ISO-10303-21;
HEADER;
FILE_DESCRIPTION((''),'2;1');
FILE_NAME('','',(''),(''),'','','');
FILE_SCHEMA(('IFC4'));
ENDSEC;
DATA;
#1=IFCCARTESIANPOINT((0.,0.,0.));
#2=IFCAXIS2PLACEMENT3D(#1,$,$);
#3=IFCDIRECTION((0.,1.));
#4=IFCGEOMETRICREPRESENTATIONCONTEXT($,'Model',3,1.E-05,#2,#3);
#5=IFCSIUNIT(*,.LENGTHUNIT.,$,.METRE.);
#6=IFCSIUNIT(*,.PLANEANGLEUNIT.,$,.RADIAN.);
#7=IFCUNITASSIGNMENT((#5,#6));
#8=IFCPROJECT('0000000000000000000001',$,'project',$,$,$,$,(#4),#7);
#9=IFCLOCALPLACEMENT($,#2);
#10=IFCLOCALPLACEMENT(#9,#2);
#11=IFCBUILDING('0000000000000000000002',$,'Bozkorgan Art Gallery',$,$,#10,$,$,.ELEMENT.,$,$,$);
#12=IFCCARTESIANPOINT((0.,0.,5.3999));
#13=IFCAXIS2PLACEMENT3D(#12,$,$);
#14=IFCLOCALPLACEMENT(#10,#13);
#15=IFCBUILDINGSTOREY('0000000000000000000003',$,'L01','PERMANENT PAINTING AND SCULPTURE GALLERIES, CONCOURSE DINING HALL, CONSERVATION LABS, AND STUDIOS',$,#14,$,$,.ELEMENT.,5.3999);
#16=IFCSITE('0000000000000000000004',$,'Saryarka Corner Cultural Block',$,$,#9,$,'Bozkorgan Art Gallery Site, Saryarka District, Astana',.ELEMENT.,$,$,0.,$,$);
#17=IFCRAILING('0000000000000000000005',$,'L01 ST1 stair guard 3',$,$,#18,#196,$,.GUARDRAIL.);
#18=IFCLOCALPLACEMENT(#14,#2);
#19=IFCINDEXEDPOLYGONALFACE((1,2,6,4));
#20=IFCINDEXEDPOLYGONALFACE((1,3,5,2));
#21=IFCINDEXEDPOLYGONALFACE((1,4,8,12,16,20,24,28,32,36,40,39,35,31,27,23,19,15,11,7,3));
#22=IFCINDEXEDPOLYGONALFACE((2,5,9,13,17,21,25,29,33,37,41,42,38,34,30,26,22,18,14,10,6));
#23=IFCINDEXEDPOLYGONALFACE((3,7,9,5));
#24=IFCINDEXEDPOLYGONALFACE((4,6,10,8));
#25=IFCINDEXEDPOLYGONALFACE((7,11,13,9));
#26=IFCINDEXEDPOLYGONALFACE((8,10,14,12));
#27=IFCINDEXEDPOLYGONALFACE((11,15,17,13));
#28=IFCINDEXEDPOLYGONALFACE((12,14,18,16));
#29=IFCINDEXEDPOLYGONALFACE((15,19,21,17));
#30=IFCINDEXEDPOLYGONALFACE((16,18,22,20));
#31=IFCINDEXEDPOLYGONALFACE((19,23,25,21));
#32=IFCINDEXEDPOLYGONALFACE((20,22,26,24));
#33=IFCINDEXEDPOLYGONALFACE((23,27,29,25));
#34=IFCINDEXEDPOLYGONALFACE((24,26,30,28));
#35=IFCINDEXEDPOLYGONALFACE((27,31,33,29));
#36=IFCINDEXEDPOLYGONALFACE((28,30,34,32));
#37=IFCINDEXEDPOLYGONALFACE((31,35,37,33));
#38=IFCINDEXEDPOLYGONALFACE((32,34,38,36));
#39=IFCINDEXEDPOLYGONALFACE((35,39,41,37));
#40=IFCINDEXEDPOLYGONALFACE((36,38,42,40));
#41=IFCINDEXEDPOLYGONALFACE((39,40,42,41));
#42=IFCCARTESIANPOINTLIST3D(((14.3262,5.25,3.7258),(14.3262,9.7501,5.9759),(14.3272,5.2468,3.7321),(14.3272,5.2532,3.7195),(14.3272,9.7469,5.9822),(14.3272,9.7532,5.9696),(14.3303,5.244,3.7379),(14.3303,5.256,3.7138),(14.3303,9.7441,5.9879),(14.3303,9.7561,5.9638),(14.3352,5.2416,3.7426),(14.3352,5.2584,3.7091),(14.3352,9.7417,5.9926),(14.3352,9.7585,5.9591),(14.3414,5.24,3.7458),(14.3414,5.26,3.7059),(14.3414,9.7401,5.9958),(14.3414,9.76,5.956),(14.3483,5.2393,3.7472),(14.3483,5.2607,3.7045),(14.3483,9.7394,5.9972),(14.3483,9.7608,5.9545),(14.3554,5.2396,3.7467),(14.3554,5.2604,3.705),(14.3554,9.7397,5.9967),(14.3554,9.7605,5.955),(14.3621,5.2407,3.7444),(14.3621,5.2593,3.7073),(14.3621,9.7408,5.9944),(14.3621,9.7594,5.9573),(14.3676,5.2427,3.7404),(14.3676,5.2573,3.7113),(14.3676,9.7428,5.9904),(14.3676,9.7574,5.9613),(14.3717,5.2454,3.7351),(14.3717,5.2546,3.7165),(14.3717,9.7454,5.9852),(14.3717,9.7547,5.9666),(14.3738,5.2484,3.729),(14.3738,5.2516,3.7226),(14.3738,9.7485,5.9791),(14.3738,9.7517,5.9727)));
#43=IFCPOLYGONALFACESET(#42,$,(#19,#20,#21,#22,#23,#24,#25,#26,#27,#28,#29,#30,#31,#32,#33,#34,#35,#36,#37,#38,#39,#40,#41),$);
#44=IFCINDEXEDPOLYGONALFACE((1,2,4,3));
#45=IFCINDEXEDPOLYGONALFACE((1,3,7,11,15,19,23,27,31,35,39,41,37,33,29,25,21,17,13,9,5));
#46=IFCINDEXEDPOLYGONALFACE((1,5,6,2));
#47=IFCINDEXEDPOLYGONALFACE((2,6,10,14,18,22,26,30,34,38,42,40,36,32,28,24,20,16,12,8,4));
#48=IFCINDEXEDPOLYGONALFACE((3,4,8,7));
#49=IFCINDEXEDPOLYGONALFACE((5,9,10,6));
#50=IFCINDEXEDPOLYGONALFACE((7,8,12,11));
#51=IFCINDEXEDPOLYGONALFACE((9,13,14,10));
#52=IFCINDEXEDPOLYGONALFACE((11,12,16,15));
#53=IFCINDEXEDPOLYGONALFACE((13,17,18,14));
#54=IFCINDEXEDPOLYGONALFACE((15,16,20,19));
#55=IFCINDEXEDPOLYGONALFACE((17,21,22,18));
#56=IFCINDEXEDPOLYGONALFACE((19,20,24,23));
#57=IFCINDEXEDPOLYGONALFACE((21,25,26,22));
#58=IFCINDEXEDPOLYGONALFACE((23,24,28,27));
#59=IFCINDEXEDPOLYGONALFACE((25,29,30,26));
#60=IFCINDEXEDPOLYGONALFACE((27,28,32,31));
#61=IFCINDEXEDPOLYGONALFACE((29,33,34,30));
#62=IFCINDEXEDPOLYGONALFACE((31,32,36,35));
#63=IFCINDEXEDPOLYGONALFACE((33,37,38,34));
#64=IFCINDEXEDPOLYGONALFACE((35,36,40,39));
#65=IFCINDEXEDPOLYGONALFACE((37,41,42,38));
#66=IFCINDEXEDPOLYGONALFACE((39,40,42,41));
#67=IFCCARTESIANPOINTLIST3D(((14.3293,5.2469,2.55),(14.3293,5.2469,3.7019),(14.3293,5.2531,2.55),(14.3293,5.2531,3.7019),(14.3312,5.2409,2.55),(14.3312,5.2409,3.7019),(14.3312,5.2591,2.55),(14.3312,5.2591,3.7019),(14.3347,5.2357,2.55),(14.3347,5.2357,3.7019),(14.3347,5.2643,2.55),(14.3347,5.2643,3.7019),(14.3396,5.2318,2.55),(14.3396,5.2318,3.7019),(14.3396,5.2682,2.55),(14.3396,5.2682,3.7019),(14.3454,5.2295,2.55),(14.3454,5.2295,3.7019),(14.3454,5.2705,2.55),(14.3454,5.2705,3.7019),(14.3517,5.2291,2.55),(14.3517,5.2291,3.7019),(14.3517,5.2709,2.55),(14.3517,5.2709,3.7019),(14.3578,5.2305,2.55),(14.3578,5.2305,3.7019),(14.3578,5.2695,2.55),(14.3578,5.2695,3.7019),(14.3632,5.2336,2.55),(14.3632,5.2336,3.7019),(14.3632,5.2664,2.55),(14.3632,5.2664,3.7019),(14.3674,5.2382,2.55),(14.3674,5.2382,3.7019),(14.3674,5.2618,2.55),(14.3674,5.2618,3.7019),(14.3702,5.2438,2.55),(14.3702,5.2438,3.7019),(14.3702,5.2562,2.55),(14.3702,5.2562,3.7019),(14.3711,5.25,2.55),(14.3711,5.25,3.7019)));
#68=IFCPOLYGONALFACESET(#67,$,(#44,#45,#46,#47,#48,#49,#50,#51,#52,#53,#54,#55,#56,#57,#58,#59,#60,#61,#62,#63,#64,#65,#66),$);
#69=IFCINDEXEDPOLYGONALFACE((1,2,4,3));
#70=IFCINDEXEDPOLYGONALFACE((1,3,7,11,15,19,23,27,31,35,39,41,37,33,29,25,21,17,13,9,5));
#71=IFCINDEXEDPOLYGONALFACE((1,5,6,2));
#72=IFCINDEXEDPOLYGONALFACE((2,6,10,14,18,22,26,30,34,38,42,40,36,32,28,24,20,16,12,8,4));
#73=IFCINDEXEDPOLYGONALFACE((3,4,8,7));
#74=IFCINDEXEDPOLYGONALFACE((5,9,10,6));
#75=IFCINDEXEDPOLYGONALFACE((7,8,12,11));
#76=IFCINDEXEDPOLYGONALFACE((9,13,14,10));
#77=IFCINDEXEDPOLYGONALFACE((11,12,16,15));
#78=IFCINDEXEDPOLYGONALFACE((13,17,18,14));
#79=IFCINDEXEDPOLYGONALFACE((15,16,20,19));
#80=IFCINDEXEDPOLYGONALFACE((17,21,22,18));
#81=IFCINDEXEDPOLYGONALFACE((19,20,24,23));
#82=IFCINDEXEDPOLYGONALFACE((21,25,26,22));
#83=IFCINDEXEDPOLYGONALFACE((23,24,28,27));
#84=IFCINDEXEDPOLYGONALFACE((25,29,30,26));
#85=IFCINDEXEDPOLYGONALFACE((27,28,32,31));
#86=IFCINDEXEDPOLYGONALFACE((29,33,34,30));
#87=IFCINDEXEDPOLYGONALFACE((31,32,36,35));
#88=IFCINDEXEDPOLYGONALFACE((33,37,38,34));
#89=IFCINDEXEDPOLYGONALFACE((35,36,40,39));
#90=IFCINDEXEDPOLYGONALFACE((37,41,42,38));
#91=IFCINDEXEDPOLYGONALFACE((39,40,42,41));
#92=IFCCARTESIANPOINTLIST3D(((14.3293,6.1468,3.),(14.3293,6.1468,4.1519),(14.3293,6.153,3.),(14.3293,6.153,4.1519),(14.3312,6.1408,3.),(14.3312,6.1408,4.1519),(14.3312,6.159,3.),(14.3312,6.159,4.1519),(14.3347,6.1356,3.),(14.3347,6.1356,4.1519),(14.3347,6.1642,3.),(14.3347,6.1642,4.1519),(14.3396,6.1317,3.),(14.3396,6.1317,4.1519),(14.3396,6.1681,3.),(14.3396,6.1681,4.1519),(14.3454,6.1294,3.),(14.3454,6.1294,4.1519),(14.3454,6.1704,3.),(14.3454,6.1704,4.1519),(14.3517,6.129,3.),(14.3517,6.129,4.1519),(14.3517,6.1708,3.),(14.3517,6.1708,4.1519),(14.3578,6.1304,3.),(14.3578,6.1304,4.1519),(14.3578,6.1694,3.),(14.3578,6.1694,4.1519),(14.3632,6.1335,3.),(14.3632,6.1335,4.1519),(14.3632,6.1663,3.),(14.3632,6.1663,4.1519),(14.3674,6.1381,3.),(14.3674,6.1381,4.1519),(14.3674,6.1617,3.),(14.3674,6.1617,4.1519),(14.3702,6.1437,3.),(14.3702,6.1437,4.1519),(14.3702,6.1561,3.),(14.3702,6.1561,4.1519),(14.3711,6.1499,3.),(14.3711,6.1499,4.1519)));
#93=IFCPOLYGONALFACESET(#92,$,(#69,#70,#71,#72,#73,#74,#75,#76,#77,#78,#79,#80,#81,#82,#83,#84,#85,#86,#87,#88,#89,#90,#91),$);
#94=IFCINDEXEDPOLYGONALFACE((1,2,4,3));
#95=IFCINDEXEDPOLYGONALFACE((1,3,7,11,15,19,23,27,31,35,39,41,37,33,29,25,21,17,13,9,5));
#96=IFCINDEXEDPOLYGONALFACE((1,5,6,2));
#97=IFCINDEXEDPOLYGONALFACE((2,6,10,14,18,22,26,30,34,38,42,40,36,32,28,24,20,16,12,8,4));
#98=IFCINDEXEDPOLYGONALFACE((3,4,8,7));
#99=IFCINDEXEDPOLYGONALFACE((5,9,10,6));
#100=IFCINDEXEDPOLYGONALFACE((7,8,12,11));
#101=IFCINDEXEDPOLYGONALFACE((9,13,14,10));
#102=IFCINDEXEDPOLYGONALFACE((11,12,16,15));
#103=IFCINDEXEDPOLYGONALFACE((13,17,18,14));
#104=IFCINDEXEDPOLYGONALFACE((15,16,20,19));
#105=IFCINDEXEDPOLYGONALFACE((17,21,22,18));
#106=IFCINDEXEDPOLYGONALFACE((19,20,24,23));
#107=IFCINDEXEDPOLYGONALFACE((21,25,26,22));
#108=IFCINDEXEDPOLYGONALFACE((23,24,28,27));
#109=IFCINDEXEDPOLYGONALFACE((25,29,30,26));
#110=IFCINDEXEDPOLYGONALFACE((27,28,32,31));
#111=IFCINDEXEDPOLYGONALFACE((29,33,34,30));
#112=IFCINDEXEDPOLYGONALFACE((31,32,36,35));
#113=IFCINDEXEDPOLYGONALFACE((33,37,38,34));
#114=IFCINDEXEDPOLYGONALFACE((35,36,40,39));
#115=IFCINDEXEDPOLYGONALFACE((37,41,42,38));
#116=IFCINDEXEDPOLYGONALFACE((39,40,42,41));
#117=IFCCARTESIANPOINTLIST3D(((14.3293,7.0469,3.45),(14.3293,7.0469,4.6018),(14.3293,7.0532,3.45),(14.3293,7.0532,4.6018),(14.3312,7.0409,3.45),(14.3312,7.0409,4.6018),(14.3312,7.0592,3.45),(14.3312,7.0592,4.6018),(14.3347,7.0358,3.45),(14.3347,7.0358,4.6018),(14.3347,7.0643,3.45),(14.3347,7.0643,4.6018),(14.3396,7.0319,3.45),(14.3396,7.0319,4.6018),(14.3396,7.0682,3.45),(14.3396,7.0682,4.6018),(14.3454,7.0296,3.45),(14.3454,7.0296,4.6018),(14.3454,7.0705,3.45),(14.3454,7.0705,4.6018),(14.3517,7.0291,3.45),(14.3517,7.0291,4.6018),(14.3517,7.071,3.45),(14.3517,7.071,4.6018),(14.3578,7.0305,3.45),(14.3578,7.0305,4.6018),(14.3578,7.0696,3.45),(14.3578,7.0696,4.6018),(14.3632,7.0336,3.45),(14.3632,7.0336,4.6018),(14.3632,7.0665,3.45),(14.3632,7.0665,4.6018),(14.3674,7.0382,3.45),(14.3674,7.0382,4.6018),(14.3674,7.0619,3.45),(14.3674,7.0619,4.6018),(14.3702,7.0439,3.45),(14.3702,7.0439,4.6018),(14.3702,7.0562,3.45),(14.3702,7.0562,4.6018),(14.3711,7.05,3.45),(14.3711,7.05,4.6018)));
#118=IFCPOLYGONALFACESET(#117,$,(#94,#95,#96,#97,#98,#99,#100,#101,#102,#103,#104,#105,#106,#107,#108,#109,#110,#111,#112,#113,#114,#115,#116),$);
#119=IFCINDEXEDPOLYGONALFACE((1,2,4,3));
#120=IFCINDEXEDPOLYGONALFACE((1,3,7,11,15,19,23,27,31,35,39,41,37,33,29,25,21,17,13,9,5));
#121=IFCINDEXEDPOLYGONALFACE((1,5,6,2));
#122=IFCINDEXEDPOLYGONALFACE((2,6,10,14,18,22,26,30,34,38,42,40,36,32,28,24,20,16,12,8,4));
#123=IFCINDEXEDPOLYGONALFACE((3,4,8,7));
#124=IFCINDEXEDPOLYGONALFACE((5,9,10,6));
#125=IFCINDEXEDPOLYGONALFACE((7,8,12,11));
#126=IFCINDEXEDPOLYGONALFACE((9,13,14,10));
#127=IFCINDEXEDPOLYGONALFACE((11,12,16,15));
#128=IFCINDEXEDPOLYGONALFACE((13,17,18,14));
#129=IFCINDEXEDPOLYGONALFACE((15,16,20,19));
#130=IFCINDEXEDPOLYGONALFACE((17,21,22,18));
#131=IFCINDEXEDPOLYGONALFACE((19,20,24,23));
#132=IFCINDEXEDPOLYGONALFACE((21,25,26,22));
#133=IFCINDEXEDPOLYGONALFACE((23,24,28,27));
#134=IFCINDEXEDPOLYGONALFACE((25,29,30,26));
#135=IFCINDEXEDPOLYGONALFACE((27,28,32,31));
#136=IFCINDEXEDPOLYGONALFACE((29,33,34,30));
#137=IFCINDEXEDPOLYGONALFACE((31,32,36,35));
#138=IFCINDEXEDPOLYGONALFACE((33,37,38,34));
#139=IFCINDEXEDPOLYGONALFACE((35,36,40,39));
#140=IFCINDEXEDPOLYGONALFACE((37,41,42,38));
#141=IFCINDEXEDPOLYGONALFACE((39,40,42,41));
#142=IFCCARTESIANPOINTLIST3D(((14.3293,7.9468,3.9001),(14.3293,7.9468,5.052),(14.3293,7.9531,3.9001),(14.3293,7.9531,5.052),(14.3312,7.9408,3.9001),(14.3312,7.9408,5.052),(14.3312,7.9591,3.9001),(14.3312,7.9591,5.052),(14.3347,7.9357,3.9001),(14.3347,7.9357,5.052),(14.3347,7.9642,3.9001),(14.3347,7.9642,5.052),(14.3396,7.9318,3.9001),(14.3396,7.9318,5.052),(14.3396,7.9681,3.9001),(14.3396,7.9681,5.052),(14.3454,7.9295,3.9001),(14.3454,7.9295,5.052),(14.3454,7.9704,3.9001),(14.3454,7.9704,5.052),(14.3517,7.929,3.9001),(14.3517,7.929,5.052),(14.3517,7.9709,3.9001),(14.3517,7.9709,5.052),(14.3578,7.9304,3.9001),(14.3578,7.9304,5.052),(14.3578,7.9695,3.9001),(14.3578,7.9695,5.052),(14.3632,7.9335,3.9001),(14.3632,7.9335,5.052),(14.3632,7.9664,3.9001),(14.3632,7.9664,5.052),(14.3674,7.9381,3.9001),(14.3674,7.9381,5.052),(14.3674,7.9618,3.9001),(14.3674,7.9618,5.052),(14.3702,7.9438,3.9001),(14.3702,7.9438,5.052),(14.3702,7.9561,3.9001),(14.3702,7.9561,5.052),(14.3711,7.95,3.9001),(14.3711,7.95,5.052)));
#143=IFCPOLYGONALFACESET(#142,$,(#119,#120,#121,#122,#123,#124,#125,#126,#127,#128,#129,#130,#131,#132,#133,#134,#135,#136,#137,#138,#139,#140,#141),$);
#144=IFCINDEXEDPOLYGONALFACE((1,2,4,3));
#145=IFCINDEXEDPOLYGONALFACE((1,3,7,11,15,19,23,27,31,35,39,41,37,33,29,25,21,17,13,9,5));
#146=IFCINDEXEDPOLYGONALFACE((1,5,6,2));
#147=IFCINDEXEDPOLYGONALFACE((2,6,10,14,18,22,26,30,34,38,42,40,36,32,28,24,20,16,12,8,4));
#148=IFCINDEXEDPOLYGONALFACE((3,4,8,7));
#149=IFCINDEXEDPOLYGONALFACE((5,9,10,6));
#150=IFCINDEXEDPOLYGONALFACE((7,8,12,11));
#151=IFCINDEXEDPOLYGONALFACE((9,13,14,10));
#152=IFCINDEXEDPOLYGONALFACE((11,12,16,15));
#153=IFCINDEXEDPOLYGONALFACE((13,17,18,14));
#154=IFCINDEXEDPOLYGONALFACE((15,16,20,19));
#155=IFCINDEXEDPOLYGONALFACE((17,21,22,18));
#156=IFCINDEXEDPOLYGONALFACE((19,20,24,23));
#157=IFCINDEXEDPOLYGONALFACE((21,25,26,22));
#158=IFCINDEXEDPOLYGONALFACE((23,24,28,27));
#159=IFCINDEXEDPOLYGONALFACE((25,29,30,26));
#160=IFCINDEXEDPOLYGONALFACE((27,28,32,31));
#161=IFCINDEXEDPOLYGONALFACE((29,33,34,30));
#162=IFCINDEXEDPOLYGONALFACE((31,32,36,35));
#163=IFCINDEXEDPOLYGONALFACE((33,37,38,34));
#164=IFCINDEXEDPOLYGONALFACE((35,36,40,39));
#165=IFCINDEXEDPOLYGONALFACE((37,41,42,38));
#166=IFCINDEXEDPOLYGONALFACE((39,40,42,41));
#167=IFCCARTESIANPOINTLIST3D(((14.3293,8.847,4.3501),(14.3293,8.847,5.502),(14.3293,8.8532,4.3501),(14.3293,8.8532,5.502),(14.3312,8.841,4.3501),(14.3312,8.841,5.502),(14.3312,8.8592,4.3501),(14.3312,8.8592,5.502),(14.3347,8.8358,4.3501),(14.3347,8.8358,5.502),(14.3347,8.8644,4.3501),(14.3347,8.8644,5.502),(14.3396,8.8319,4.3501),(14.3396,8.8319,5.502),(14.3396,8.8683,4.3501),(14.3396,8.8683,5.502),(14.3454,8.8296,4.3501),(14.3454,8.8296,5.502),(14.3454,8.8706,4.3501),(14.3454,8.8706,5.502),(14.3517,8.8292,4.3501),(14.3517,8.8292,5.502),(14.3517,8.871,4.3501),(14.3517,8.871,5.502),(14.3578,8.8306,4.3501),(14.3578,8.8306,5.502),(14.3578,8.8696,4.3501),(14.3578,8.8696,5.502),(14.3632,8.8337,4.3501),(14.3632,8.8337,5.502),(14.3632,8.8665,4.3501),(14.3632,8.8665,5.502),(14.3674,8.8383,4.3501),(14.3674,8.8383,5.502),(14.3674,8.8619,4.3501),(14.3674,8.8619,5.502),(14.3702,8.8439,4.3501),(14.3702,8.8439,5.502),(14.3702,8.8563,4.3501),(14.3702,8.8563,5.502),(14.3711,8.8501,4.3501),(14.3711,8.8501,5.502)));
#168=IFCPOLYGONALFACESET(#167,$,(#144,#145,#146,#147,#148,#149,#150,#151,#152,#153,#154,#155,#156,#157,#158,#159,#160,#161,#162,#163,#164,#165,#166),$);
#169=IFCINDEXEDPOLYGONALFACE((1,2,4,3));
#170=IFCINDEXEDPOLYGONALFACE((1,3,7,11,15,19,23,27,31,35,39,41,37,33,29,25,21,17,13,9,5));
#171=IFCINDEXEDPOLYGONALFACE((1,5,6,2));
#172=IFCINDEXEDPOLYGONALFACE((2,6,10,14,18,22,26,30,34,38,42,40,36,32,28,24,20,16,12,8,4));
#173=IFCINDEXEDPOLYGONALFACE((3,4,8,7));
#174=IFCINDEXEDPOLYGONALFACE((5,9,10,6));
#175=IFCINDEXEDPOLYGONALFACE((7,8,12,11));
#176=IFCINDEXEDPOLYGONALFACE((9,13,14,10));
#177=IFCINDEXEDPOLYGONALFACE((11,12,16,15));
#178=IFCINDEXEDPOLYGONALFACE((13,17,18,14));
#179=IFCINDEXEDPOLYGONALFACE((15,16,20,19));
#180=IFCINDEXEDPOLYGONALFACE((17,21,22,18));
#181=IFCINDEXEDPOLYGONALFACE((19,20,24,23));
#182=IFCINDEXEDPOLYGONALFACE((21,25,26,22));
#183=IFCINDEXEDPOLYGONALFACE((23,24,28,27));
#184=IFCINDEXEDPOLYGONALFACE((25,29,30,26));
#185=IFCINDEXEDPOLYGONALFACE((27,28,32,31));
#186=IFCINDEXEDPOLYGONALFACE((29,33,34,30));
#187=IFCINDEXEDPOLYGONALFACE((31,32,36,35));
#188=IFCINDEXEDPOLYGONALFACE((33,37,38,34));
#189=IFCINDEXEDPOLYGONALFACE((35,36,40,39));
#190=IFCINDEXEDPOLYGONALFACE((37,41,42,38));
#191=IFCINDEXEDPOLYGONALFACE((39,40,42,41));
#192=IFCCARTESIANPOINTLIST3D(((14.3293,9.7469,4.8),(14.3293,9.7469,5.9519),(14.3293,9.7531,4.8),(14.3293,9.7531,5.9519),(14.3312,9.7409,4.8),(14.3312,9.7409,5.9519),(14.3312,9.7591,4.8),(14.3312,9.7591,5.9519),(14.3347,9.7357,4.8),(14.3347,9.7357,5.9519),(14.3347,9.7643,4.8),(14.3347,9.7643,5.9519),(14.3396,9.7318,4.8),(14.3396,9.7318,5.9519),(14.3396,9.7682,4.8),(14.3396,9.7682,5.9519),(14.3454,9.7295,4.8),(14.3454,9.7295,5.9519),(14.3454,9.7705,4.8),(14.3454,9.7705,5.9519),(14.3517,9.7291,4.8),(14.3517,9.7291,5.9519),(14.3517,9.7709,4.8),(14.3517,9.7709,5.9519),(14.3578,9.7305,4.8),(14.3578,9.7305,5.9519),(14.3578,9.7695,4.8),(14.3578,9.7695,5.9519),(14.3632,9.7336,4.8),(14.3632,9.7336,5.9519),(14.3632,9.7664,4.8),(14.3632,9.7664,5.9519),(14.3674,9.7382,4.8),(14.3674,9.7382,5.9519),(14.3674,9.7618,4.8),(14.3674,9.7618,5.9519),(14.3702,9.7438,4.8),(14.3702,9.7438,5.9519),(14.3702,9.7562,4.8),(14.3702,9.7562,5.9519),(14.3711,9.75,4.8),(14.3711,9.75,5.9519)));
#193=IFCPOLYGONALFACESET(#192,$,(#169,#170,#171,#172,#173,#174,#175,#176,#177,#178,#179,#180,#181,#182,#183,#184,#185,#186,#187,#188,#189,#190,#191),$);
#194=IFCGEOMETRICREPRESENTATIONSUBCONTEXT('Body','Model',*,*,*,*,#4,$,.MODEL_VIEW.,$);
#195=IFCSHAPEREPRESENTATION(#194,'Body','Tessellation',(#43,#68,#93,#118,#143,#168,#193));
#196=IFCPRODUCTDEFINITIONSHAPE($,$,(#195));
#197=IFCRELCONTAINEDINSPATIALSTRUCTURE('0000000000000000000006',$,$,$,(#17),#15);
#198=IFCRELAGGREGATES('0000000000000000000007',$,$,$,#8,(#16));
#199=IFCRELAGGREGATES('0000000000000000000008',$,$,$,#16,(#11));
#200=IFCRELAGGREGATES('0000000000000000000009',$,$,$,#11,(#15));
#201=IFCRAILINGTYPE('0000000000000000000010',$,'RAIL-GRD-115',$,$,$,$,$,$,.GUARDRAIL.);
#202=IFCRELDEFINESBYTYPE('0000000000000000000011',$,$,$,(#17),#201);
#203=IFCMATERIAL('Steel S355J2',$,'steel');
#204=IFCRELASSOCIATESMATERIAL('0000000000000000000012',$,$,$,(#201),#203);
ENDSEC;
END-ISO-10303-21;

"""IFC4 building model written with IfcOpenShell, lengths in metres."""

from ifc_helpers import new_model, si_unit, direction, frame, origin, origin_2d, place, context, subcontext, project, spatial, circle, extrude, material, type_object, element, save


model = new_model("IFC4")

# Units and contexts
model_context = context("Model", 3, precision=1e-05, world=origin(), true_north=direction((0.0, 1.0)))
body_context = subcontext(model_context, "Body", "Model", "MODEL_VIEW")
ifc_project = project(units=[si_unit("LENGTHUNIT", "METRE"), si_unit("PLANEANGLEUNIT", "RADIAN")], contexts=[model_context])

# Site, building, storey
site_placement = place(None, origin())
site = spatial("IfcSite", under=ifc_project, at=site_placement, Name="Saryarka Corner Cultural Block", LongName="Bozkorgan Art Gallery Site, Saryarka District, Astana", CompositionType="ELEMENT", RefElevation=0.0)
building_placement = place(site_placement, origin())
building = spatial("IfcBuilding", under=site, at=building_placement, Name="Bozkorgan Art Gallery", CompositionType="ELEMENT")
storey_placement = place(building_placement, frame((0.0, 0.0, 5.3999)))
storey = spatial("IfcBuildingStorey", under=building, at=storey_placement, Name="L01", Description="PERMANENT PAINTING AND SCULPTURE GALLERIES, CONCOURSE DINING HALL, CONSERVATION LABS, AND STUDIOS", CompositionType="ELEMENT", Elevation=5.3999)

# Shared definitions
ifc_material_1 = material(Name="Steel S355J2", Category="steel")

# Railing
railing_type_1 = type_object("IfcRailingType", Name="RAIL-GRD-115", PredefinedType="GUARDRAIL", material=ifc_material_1)
railing_1_placement = place(storey_placement, frame((14.3501, 5.25, 2.55)))
element("IfcRailing", 1, at=railing_1_placement, inside=storey, type_object=railing_type_1, Name="L01 ST1 stair guard 3", PredefinedType="GUARDRAIL", context=body_context, shape_type="SweptSolid", body=[
    extrude(circle(Radius=0.0239, at=origin_2d()), frame((0.0, 0.0, 1.1758), z_axis=(0.0, 0.894427, 0.447214), x_axis=(-1.0, 0.0, 0.0)), (0.0, 0.0, 1.0), 5.0312),
    extrude(circle(Radius=0.021, at=origin_2d()), origin(), (0.0, 0.0, 1.0), 1.1519),
    extrude(circle(Radius=0.021, at=origin_2d()), frame((0.0, 0.8999, 0.45)), (0.0, 0.0, 1.0), 1.1519),
    extrude(circle(Radius=0.021, at=origin_2d()), frame((0.0, 1.8, 0.8999)), (0.0, 0.0, 1.0), 1.1519),
    extrude(circle(Radius=0.021, at=origin_2d()), frame((0.0, 2.7, 1.3501)), (0.0, 0.0, 1.0), 1.1519),
    extrude(circle(Radius=0.021, at=origin_2d()), frame((0.0, 3.6001, 1.8)), (0.0, 0.0, 1.0), 1.1519),
    extrude(circle(Radius=0.021, at=origin_2d()), frame((0.0, 4.5, 2.25)), (0.0, 0.0, 1.0), 1.1519),
])

save(model, "model.ifc")
